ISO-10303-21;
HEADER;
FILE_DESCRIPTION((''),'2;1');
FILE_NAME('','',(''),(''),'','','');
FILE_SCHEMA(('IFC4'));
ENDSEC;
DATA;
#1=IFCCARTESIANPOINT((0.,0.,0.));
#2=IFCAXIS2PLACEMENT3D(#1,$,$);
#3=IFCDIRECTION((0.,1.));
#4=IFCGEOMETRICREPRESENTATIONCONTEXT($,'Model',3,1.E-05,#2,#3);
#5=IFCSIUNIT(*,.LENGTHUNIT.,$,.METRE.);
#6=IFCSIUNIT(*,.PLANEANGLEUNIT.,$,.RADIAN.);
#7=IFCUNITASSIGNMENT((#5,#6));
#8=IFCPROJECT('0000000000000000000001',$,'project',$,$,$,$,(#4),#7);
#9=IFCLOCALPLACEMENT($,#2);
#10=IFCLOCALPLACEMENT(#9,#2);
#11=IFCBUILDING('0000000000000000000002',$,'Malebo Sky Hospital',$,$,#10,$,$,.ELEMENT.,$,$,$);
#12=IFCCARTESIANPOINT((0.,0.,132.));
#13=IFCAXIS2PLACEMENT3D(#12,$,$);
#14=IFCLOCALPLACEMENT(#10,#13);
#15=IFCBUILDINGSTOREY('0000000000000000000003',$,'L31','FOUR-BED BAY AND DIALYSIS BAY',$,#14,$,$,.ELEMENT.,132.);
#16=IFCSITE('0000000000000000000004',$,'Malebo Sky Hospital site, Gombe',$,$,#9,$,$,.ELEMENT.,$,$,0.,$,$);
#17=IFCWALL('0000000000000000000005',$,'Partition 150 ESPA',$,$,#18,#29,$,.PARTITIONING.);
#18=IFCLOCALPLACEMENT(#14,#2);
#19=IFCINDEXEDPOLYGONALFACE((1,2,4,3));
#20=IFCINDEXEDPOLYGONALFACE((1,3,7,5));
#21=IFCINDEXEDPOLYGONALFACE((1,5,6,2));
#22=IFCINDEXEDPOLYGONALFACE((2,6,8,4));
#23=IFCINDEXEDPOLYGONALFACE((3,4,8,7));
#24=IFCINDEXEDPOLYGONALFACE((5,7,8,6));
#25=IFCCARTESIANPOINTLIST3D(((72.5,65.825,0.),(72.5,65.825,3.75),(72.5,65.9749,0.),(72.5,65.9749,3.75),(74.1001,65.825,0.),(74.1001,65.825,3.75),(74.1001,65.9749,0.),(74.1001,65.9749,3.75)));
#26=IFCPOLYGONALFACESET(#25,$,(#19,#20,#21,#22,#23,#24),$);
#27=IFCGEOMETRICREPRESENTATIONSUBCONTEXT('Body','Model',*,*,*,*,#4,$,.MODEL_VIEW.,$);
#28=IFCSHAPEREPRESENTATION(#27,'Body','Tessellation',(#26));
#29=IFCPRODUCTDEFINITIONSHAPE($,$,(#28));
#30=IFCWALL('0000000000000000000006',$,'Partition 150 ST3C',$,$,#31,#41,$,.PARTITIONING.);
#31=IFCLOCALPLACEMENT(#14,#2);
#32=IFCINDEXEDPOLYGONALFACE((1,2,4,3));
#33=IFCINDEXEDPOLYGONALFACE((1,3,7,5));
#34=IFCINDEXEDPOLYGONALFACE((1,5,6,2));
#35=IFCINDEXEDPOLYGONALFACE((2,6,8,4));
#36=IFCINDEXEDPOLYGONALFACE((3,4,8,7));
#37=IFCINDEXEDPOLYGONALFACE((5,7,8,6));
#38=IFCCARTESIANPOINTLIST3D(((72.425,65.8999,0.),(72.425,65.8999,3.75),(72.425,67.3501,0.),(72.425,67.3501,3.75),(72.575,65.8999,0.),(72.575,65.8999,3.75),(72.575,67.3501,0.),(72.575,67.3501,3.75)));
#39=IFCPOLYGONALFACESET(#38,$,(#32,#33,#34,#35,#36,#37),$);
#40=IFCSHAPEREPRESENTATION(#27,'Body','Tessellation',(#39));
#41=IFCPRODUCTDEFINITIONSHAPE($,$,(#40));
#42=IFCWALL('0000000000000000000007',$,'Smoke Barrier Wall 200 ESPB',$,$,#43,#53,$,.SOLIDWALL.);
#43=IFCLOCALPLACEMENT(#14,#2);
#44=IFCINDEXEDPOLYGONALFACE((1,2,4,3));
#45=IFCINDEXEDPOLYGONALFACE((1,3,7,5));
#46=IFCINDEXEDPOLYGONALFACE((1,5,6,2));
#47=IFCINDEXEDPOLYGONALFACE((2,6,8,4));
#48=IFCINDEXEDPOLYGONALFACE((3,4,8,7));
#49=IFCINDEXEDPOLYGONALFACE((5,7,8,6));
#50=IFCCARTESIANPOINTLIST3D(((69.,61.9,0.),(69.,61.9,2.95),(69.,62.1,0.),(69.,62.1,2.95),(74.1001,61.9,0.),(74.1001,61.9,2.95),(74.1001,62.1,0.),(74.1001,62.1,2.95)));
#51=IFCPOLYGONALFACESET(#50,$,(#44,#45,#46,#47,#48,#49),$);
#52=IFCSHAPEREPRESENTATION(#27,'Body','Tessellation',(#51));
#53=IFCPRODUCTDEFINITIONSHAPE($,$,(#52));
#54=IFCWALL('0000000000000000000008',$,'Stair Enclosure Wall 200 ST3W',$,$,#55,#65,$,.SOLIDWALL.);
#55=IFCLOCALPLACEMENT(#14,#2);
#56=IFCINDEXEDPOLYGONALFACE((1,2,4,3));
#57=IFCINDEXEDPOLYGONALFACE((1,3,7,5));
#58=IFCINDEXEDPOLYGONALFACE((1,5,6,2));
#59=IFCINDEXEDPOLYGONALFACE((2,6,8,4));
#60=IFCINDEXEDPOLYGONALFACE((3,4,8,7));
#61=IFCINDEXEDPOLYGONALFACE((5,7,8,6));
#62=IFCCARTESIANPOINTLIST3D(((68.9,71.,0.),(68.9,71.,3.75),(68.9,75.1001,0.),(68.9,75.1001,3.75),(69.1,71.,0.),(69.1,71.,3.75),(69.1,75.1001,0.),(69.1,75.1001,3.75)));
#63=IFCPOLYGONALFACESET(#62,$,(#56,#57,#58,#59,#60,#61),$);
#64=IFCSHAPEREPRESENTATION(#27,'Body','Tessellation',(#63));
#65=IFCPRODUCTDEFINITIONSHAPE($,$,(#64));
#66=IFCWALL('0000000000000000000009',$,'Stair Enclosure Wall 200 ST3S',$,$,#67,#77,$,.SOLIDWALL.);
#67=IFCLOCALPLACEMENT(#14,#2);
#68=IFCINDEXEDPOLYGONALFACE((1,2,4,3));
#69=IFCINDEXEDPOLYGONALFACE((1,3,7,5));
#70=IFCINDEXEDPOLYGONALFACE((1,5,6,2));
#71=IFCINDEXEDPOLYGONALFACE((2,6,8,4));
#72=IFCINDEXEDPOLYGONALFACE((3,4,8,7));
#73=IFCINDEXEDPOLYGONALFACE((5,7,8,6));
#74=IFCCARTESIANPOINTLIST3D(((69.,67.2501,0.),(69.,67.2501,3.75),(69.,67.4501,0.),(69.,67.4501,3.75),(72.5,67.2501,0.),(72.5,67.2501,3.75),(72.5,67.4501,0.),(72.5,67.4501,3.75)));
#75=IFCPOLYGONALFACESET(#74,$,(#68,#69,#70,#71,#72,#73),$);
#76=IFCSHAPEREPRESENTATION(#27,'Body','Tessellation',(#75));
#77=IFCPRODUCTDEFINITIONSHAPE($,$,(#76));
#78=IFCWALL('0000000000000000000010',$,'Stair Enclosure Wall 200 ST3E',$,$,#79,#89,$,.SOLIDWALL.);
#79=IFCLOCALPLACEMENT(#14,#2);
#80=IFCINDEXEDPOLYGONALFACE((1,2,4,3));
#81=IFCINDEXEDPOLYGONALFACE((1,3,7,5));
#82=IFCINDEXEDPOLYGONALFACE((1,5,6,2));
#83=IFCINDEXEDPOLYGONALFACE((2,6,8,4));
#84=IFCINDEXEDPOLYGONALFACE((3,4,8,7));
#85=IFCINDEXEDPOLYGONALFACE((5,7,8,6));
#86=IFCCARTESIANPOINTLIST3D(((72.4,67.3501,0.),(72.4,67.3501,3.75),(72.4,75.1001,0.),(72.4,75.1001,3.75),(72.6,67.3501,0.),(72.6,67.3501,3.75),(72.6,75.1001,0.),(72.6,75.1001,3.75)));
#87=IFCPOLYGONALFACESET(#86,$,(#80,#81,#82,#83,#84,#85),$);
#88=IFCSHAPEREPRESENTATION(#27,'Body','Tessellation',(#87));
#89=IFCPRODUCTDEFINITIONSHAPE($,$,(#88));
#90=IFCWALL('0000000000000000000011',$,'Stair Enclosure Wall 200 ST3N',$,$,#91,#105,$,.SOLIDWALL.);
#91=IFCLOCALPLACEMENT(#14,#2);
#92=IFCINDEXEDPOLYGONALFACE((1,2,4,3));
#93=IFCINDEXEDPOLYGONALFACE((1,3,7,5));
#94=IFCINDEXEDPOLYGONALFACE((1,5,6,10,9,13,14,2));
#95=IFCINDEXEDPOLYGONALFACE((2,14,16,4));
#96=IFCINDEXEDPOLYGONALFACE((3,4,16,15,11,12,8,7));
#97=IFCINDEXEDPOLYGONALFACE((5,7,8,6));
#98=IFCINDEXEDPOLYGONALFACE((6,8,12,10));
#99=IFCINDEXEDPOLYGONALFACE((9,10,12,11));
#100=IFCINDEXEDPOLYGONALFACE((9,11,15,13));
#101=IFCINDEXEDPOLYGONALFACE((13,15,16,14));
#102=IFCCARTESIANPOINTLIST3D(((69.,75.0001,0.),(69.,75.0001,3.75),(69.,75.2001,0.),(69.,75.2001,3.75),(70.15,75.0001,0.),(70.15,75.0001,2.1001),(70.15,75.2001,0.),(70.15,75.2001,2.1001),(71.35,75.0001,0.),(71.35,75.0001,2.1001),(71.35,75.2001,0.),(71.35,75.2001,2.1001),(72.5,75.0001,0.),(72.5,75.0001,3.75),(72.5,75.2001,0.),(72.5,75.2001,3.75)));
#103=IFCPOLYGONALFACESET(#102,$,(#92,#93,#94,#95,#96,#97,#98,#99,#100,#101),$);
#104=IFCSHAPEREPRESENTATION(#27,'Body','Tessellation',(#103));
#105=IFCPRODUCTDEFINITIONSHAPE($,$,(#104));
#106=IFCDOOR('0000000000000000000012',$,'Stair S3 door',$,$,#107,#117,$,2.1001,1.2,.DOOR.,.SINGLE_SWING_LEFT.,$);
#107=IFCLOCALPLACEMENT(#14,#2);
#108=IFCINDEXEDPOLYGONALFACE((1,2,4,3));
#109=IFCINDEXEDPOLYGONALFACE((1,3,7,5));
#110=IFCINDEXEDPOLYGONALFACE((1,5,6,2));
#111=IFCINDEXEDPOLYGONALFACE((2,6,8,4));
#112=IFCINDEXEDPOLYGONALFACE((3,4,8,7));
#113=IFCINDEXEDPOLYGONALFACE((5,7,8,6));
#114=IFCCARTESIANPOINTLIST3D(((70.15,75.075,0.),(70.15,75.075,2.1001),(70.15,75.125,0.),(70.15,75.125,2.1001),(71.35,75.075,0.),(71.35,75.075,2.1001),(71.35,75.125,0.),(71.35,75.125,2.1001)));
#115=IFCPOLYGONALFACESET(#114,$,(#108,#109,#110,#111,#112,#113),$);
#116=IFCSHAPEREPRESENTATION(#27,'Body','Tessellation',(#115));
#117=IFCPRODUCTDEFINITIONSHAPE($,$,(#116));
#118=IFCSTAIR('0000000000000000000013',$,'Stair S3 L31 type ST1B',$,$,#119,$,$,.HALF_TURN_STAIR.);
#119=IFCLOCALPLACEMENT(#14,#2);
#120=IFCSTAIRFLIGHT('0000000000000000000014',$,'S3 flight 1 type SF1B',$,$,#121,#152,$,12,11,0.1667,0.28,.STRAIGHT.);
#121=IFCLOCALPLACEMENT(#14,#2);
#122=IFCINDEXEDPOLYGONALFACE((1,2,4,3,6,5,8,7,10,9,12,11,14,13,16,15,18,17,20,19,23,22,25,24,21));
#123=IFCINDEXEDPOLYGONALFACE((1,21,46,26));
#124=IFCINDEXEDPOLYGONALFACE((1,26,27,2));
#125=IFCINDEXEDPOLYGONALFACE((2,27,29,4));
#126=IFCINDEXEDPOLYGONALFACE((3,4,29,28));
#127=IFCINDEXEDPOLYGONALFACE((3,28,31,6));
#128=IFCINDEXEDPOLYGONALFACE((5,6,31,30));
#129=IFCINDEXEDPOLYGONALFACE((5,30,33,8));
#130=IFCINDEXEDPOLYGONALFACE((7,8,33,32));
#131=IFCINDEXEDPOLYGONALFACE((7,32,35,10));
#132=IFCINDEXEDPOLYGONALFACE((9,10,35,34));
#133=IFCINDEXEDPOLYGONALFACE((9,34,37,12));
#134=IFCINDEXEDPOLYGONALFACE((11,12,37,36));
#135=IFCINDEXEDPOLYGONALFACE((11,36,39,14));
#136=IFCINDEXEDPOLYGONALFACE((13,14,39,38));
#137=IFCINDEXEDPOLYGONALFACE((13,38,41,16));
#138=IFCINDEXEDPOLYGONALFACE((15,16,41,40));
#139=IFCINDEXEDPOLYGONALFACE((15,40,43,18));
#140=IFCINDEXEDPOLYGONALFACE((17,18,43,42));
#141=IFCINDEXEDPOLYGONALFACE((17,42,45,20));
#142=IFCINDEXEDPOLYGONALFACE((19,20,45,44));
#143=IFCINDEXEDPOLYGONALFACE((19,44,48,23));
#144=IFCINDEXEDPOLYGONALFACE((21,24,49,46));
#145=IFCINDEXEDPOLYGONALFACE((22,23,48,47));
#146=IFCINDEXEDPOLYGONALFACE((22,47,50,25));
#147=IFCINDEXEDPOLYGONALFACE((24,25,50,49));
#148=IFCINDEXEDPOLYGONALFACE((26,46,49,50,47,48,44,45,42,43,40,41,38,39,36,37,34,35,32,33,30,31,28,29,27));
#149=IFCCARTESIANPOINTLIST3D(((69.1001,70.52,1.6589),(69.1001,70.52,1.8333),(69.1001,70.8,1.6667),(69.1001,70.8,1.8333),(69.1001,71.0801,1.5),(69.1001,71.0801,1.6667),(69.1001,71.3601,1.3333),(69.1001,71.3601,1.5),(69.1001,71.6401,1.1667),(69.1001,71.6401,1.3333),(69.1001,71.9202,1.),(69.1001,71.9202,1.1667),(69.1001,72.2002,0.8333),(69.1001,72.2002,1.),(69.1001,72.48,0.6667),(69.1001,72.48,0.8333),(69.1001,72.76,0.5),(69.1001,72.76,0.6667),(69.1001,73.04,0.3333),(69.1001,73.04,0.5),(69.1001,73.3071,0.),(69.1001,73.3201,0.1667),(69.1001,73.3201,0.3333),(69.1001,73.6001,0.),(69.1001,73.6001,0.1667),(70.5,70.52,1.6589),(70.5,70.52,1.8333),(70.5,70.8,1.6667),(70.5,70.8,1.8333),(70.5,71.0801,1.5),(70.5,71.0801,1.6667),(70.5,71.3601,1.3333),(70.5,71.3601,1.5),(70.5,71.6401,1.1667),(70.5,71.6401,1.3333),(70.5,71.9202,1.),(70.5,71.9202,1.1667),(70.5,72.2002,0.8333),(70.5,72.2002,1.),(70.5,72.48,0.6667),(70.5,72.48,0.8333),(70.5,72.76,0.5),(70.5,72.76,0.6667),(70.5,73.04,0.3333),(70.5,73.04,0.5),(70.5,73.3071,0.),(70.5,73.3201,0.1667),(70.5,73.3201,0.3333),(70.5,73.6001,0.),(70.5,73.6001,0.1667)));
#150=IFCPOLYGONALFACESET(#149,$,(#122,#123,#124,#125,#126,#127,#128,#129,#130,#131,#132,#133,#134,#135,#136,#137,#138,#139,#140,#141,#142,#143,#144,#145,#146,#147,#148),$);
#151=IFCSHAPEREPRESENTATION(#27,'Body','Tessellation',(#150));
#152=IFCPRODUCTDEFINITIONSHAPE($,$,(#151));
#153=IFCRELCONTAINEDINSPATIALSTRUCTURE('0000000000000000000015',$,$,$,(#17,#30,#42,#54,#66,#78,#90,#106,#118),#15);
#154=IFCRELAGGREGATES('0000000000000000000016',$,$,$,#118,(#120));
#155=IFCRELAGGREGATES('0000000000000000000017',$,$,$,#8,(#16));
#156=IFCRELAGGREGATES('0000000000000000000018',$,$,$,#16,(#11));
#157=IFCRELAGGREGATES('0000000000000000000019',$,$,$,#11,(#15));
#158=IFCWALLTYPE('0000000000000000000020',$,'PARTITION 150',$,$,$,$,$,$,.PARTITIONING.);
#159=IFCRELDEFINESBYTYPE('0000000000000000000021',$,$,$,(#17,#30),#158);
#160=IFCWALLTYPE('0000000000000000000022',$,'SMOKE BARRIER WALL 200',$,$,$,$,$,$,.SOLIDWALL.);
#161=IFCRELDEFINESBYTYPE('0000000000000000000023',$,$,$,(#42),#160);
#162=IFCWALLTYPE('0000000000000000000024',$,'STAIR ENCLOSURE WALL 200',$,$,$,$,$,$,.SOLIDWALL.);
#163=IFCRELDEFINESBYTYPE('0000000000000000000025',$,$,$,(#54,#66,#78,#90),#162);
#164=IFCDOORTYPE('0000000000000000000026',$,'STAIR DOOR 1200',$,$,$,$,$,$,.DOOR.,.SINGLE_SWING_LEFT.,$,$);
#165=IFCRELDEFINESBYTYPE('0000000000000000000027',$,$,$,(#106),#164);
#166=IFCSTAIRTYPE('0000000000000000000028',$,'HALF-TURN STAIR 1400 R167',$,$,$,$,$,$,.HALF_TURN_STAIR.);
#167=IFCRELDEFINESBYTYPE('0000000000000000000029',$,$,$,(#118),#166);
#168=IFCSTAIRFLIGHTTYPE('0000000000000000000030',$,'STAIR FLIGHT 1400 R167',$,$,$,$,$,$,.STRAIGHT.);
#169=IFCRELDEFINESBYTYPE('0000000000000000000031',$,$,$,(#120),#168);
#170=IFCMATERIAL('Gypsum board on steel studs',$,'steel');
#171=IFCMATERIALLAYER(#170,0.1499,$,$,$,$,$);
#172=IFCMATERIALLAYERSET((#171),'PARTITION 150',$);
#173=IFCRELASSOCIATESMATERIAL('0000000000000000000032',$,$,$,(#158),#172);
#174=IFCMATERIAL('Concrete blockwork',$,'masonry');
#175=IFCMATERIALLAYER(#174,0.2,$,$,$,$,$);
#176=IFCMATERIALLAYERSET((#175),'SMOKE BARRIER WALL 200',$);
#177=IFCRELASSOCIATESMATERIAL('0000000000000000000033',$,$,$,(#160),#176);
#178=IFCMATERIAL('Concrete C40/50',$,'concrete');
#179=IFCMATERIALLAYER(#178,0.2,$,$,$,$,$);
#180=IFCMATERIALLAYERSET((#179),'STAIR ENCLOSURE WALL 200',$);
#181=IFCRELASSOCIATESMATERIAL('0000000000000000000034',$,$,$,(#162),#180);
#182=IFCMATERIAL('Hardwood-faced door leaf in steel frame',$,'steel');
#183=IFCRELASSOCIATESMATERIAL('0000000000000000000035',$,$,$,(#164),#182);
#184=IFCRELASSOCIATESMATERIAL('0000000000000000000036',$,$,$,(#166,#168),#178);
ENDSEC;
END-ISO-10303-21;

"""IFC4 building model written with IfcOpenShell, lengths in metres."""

from ifc_helpers import new_model, si_unit, direction, frame, frame_2d, origin, place, context, subcontext, project, spatial, polyline, rectangle, outline, extrude, material, layer, layer_set, type_object, element, fill, aggregate, save


model = new_model("IFC4")

# Units and contexts
model_context = context("Model", 3, precision=1e-05, world=origin(), true_north=direction((0.0, 1.0)))
body_context = subcontext(model_context, "Body", "Model", "MODEL_VIEW")
ifc_project = project(units=[si_unit("LENGTHUNIT", "METRE"), si_unit("PLANEANGLEUNIT", "RADIAN")], contexts=[model_context])

# Site, building, storey
site_placement = place(None, origin())
site = spatial("IfcSite", under=ifc_project, at=site_placement, Name="Malebo Sky Hospital site, Gombe", CompositionType="ELEMENT", RefElevation=0.0)
building_placement = place(site_placement, origin())
building = spatial("IfcBuilding", under=site, at=building_placement, Name="Malebo Sky Hospital", CompositionType="ELEMENT")
storey_placement = place(building_placement, frame((0.0, 0.0, 132.0)))
storey = spatial("IfcBuildingStorey", under=building, at=storey_placement, Name="L31", Description="FOUR-BED BAY AND DIALYSIS BAY", CompositionType="ELEMENT", Elevation=132.0)

# Shared definitions
ifc_material_1 = material(Name="Gypsum board on steel studs", Category="steel")

# Shared definitions
ifc_layer_1 = layer(ifc_material_1, 0.1499)
ifc_layer_set_1 = layer_set([ifc_layer_1], Name="PARTITION 150")
wall_type_1 = type_object("IfcWallType", Name="PARTITION 150", PredefinedType="PARTITIONING", material=ifc_layer_set_1)
ifc_material_2 = material(Name="Hardwood-faced door leaf in steel frame", Category="steel")

# Walls
for number, where, z_axis, x_axis, name in (
    (1, (72.5, 65.8999, 0.0), (0.0, 0.0, 1.0), (1.0, 0.0, 0.0), "Partition 150 ESPA"),
):
    element("IfcWall", number, at=place(storey_placement, frame(where, z_axis=z_axis, x_axis=x_axis)), inside=storey, type_object=wall_type_1, Name=name, PredefinedType="PARTITIONING", context=body_context, shape_type="SweptSolid", body=[
        extrude(rectangle(XDim=1.6001, YDim=0.1499, at=frame_2d((0.8, 0.0))), origin(), (0.0, 0.0, 1.0), 3.75),
    ])
wall_1_placement = place(storey_placement, frame((72.5, 65.8999, 0.0), z_axis=(0.0, 0.0, 1.0), x_axis=(0.0, 1.0, 0.0)))
element("IfcWall", 2, at=wall_1_placement, inside=storey, type_object=wall_type_1, Name="Partition 150 ST3C", PredefinedType="PARTITIONING", context=body_context, shape_type="SweptSolid", body=[
    extrude(rectangle(XDim=1.4502, YDim=0.1499, at=frame_2d((0.7251, 0.0))), origin(), (0.0, 0.0, 1.0), 3.75),
])
ifc_material_3 = material(Name="Concrete blockwork", Category="masonry")
ifc_layer_2 = layer(ifc_material_3, 0.2)
ifc_layer_set_2 = layer_set([ifc_layer_2], Name="SMOKE BARRIER WALL 200")
wall_type_2 = type_object("IfcWallType", Name="SMOKE BARRIER WALL 200", PredefinedType="SOLIDWALL", material=ifc_layer_set_2)
wall_2_placement = place(storey_placement, frame((69.0, 62.0, 0.0), z_axis=(0.0, 0.0, 1.0), x_axis=(1.0, 0.0, 0.0)))
element("IfcWall", 3, at=wall_2_placement, inside=storey, type_object=wall_type_2, Name="Smoke Barrier Wall 200 ESPB", PredefinedType="SOLIDWALL", context=body_context, shape_type="SweptSolid", body=[
    extrude(rectangle(XDim=5.1001, YDim=0.2, at=frame_2d((2.55, 0.0))), origin(), (0.0, 0.0, 1.0), 2.95),
])
ifc_material_4 = material(Name="Concrete C40/50", Category="concrete")
ifc_layer_3 = layer(ifc_material_4, 0.2)
ifc_layer_set_3 = layer_set([ifc_layer_3], Name="STAIR ENCLOSURE WALL 200")
wall_type_3 = type_object("IfcWallType", Name="STAIR ENCLOSURE WALL 200", PredefinedType="SOLIDWALL", material=ifc_layer_set_3)
wall_3_placement = place(storey_placement, frame((69.0, 71.0, 0.0), z_axis=(0.0, 0.0, 1.0), x_axis=(0.0, 1.0, 0.0)))
element("IfcWall", 4, at=wall_3_placement, inside=storey, type_object=wall_type_3, Name="Stair Enclosure Wall 200 ST3W", PredefinedType="SOLIDWALL", context=body_context, shape_type="SweptSolid", body=[
    extrude(rectangle(XDim=4.1001, YDim=0.2, at=frame_2d((2.05, 0.0))), origin(), (0.0, 0.0, 1.0), 3.75),
])
wall_4_placement = place(storey_placement, frame((69.0, 67.3501, 0.0), z_axis=(0.0, 0.0, 1.0), x_axis=(1.0, 0.0, 0.0)))
element("IfcWall", 5, at=wall_4_placement, inside=storey, type_object=wall_type_3, Name="Stair Enclosure Wall 200 ST3S", PredefinedType="SOLIDWALL", context=body_context, shape_type="SweptSolid", body=[
    extrude(rectangle(XDim=3.5, YDim=0.2, at=frame_2d((1.75, 0.0))), origin(), (0.0, 0.0, 1.0), 3.75),
])
wall_5_placement = place(storey_placement, frame((72.5, 67.3501, 0.0), z_axis=(0.0, 0.0, 1.0), x_axis=(0.0, 1.0, 0.0)))
element("IfcWall", 6, at=wall_5_placement, inside=storey, type_object=wall_type_3, Name="Stair Enclosure Wall 200 ST3E", PredefinedType="SOLIDWALL", context=body_context, shape_type="SweptSolid", body=[
    extrude(rectangle(XDim=7.75, YDim=0.2, at=frame_2d((3.875, 0.0))), origin(), (0.0, 0.0, 1.0), 3.75),
])

# Wall, opening, door
wall_6_placement = place(storey_placement, frame((69.0, 75.1001, 0.0), z_axis=(0.0, 0.0, 1.0), x_axis=(1.0, 0.0, 0.0)))
wall_6 = element("IfcWall", 7, at=wall_6_placement, inside=storey, type_object=wall_type_3, Name="Stair Enclosure Wall 200 ST3N", PredefinedType="SOLIDWALL", context=body_context, shape_type="SweptSolid", body=[
    extrude(rectangle(XDim=3.5, YDim=0.2, at=frame_2d((1.75, 0.0))), origin(), (0.0, 0.0, 1.0), 3.75),
])
opening_1_placement = place(wall_6_placement, frame((1.1499, 0.0, 0.0)))
opening_1 = element("IfcOpeningElement", 8, at=opening_1_placement, cuts=wall_6, PredefinedType="OPENING", context=body_context, shape_type="SweptSolid", body=[
    extrude(rectangle(XDim=1.2, YDim=2.1001, at=frame_2d((0.6001, 1.05))), frame((0.0, 0.1099, 0.0), z_axis=(0.0, -1.0, 0.0), x_axis=(1.0, 0.0, 0.0)), (0.0, 0.0, 1.0), 0.22),
])
door_type_1 = type_object("IfcDoorType", Name="STAIR DOOR 1200", OperationType="SINGLE_SWING_LEFT", PredefinedType="DOOR", material=ifc_material_2)
door_1_placement = place(opening_1_placement, origin())
door_1 = element("IfcDoor", 9, at=door_1_placement, inside=storey, type_object=door_type_1, Name="Stair S3 door", OperationType="SINGLE_SWING_LEFT", OverallHeight=2.1001, OverallWidth=1.2, PredefinedType="DOOR", context=body_context, shape_type="SweptSolid", body=[
    extrude(rectangle(XDim=1.2, YDim=2.1001, at=frame_2d((0.6001, 1.05))), frame((0.0, 0.0249, 0.0), z_axis=(0.0, -1.0, 0.0), x_axis=(1.0, 0.0, 0.0)), (0.0, 0.0, 1.0), 0.05),
])
fill(opening_1, door_1)

# Stair, stair flight
stair_type = type_object("IfcStairType", Name="HALF-TURN STAIR 1400 R167", PredefinedType="HALF_TURN_STAIR", material=ifc_material_4)
stair_placement = place(storey_placement, origin())
stair = element("IfcStair", 10, at=stair_placement, inside=storey, type_object=stair_type, Name="Stair S3 L31 type ST1B", PredefinedType="HALF_TURN_STAIR")
stair_flight_type = type_object("IfcStairFlightType", Name="STAIR FLIGHT 1400 R167", PredefinedType="STRAIGHT", material=ifc_material_4)
stair_flight_1_placement = place(storey_placement, frame((69.8, 73.6001, 0.0), z_axis=(0.0, 0.0, 1.0), x_axis=(0.0, -1.0, 0.0)))
stair_flight_1 = element("IfcStairFlight", 11, at=stair_flight_1_placement, type_object=stair_flight_type, Name="S3 flight 1 type SF1B", NumberOfRisers=12, NumberOfTreads=11, PredefinedType="STRAIGHT", RiserHeight=0.1667, TreadLength=0.28, context=body_context, shape_type="SweptSolid", body=[
    extrude(outline(polyline([(0.0, 0.0), (0.0, 0.1667), (0.28, 0.1667), (0.28, 0.3333), (0.5601, 0.3333), (0.5601, 0.5), (0.8401, 0.5), (0.8401, 0.6667), (1.1201, 0.6667), (1.1201, 0.8333), (1.3999, 0.8333), (1.3999, 1.0), (1.6799, 1.0), (1.6799, 1.1667), (1.96, 1.1667), (1.96, 1.3333), (2.24, 1.3333), (2.24, 1.5), (2.52, 1.5), (2.52, 1.6667), (2.8, 1.6667), (2.8, 1.8333), (3.0801, 1.8333), (3.0801, 2.0), (3.0801, 1.6589), (0.293, 0.0), (0.0, 0.0)])), frame((0.0, 0.7, 0.0), z_axis=(0.0, -1.0, 0.0), x_axis=(1.0, 0.0, 0.0)), (0.0, 0.0, 1.0), 1.3999),
])
aggregate(stair, [stair_flight_1])

save(model, "model.ifc")
